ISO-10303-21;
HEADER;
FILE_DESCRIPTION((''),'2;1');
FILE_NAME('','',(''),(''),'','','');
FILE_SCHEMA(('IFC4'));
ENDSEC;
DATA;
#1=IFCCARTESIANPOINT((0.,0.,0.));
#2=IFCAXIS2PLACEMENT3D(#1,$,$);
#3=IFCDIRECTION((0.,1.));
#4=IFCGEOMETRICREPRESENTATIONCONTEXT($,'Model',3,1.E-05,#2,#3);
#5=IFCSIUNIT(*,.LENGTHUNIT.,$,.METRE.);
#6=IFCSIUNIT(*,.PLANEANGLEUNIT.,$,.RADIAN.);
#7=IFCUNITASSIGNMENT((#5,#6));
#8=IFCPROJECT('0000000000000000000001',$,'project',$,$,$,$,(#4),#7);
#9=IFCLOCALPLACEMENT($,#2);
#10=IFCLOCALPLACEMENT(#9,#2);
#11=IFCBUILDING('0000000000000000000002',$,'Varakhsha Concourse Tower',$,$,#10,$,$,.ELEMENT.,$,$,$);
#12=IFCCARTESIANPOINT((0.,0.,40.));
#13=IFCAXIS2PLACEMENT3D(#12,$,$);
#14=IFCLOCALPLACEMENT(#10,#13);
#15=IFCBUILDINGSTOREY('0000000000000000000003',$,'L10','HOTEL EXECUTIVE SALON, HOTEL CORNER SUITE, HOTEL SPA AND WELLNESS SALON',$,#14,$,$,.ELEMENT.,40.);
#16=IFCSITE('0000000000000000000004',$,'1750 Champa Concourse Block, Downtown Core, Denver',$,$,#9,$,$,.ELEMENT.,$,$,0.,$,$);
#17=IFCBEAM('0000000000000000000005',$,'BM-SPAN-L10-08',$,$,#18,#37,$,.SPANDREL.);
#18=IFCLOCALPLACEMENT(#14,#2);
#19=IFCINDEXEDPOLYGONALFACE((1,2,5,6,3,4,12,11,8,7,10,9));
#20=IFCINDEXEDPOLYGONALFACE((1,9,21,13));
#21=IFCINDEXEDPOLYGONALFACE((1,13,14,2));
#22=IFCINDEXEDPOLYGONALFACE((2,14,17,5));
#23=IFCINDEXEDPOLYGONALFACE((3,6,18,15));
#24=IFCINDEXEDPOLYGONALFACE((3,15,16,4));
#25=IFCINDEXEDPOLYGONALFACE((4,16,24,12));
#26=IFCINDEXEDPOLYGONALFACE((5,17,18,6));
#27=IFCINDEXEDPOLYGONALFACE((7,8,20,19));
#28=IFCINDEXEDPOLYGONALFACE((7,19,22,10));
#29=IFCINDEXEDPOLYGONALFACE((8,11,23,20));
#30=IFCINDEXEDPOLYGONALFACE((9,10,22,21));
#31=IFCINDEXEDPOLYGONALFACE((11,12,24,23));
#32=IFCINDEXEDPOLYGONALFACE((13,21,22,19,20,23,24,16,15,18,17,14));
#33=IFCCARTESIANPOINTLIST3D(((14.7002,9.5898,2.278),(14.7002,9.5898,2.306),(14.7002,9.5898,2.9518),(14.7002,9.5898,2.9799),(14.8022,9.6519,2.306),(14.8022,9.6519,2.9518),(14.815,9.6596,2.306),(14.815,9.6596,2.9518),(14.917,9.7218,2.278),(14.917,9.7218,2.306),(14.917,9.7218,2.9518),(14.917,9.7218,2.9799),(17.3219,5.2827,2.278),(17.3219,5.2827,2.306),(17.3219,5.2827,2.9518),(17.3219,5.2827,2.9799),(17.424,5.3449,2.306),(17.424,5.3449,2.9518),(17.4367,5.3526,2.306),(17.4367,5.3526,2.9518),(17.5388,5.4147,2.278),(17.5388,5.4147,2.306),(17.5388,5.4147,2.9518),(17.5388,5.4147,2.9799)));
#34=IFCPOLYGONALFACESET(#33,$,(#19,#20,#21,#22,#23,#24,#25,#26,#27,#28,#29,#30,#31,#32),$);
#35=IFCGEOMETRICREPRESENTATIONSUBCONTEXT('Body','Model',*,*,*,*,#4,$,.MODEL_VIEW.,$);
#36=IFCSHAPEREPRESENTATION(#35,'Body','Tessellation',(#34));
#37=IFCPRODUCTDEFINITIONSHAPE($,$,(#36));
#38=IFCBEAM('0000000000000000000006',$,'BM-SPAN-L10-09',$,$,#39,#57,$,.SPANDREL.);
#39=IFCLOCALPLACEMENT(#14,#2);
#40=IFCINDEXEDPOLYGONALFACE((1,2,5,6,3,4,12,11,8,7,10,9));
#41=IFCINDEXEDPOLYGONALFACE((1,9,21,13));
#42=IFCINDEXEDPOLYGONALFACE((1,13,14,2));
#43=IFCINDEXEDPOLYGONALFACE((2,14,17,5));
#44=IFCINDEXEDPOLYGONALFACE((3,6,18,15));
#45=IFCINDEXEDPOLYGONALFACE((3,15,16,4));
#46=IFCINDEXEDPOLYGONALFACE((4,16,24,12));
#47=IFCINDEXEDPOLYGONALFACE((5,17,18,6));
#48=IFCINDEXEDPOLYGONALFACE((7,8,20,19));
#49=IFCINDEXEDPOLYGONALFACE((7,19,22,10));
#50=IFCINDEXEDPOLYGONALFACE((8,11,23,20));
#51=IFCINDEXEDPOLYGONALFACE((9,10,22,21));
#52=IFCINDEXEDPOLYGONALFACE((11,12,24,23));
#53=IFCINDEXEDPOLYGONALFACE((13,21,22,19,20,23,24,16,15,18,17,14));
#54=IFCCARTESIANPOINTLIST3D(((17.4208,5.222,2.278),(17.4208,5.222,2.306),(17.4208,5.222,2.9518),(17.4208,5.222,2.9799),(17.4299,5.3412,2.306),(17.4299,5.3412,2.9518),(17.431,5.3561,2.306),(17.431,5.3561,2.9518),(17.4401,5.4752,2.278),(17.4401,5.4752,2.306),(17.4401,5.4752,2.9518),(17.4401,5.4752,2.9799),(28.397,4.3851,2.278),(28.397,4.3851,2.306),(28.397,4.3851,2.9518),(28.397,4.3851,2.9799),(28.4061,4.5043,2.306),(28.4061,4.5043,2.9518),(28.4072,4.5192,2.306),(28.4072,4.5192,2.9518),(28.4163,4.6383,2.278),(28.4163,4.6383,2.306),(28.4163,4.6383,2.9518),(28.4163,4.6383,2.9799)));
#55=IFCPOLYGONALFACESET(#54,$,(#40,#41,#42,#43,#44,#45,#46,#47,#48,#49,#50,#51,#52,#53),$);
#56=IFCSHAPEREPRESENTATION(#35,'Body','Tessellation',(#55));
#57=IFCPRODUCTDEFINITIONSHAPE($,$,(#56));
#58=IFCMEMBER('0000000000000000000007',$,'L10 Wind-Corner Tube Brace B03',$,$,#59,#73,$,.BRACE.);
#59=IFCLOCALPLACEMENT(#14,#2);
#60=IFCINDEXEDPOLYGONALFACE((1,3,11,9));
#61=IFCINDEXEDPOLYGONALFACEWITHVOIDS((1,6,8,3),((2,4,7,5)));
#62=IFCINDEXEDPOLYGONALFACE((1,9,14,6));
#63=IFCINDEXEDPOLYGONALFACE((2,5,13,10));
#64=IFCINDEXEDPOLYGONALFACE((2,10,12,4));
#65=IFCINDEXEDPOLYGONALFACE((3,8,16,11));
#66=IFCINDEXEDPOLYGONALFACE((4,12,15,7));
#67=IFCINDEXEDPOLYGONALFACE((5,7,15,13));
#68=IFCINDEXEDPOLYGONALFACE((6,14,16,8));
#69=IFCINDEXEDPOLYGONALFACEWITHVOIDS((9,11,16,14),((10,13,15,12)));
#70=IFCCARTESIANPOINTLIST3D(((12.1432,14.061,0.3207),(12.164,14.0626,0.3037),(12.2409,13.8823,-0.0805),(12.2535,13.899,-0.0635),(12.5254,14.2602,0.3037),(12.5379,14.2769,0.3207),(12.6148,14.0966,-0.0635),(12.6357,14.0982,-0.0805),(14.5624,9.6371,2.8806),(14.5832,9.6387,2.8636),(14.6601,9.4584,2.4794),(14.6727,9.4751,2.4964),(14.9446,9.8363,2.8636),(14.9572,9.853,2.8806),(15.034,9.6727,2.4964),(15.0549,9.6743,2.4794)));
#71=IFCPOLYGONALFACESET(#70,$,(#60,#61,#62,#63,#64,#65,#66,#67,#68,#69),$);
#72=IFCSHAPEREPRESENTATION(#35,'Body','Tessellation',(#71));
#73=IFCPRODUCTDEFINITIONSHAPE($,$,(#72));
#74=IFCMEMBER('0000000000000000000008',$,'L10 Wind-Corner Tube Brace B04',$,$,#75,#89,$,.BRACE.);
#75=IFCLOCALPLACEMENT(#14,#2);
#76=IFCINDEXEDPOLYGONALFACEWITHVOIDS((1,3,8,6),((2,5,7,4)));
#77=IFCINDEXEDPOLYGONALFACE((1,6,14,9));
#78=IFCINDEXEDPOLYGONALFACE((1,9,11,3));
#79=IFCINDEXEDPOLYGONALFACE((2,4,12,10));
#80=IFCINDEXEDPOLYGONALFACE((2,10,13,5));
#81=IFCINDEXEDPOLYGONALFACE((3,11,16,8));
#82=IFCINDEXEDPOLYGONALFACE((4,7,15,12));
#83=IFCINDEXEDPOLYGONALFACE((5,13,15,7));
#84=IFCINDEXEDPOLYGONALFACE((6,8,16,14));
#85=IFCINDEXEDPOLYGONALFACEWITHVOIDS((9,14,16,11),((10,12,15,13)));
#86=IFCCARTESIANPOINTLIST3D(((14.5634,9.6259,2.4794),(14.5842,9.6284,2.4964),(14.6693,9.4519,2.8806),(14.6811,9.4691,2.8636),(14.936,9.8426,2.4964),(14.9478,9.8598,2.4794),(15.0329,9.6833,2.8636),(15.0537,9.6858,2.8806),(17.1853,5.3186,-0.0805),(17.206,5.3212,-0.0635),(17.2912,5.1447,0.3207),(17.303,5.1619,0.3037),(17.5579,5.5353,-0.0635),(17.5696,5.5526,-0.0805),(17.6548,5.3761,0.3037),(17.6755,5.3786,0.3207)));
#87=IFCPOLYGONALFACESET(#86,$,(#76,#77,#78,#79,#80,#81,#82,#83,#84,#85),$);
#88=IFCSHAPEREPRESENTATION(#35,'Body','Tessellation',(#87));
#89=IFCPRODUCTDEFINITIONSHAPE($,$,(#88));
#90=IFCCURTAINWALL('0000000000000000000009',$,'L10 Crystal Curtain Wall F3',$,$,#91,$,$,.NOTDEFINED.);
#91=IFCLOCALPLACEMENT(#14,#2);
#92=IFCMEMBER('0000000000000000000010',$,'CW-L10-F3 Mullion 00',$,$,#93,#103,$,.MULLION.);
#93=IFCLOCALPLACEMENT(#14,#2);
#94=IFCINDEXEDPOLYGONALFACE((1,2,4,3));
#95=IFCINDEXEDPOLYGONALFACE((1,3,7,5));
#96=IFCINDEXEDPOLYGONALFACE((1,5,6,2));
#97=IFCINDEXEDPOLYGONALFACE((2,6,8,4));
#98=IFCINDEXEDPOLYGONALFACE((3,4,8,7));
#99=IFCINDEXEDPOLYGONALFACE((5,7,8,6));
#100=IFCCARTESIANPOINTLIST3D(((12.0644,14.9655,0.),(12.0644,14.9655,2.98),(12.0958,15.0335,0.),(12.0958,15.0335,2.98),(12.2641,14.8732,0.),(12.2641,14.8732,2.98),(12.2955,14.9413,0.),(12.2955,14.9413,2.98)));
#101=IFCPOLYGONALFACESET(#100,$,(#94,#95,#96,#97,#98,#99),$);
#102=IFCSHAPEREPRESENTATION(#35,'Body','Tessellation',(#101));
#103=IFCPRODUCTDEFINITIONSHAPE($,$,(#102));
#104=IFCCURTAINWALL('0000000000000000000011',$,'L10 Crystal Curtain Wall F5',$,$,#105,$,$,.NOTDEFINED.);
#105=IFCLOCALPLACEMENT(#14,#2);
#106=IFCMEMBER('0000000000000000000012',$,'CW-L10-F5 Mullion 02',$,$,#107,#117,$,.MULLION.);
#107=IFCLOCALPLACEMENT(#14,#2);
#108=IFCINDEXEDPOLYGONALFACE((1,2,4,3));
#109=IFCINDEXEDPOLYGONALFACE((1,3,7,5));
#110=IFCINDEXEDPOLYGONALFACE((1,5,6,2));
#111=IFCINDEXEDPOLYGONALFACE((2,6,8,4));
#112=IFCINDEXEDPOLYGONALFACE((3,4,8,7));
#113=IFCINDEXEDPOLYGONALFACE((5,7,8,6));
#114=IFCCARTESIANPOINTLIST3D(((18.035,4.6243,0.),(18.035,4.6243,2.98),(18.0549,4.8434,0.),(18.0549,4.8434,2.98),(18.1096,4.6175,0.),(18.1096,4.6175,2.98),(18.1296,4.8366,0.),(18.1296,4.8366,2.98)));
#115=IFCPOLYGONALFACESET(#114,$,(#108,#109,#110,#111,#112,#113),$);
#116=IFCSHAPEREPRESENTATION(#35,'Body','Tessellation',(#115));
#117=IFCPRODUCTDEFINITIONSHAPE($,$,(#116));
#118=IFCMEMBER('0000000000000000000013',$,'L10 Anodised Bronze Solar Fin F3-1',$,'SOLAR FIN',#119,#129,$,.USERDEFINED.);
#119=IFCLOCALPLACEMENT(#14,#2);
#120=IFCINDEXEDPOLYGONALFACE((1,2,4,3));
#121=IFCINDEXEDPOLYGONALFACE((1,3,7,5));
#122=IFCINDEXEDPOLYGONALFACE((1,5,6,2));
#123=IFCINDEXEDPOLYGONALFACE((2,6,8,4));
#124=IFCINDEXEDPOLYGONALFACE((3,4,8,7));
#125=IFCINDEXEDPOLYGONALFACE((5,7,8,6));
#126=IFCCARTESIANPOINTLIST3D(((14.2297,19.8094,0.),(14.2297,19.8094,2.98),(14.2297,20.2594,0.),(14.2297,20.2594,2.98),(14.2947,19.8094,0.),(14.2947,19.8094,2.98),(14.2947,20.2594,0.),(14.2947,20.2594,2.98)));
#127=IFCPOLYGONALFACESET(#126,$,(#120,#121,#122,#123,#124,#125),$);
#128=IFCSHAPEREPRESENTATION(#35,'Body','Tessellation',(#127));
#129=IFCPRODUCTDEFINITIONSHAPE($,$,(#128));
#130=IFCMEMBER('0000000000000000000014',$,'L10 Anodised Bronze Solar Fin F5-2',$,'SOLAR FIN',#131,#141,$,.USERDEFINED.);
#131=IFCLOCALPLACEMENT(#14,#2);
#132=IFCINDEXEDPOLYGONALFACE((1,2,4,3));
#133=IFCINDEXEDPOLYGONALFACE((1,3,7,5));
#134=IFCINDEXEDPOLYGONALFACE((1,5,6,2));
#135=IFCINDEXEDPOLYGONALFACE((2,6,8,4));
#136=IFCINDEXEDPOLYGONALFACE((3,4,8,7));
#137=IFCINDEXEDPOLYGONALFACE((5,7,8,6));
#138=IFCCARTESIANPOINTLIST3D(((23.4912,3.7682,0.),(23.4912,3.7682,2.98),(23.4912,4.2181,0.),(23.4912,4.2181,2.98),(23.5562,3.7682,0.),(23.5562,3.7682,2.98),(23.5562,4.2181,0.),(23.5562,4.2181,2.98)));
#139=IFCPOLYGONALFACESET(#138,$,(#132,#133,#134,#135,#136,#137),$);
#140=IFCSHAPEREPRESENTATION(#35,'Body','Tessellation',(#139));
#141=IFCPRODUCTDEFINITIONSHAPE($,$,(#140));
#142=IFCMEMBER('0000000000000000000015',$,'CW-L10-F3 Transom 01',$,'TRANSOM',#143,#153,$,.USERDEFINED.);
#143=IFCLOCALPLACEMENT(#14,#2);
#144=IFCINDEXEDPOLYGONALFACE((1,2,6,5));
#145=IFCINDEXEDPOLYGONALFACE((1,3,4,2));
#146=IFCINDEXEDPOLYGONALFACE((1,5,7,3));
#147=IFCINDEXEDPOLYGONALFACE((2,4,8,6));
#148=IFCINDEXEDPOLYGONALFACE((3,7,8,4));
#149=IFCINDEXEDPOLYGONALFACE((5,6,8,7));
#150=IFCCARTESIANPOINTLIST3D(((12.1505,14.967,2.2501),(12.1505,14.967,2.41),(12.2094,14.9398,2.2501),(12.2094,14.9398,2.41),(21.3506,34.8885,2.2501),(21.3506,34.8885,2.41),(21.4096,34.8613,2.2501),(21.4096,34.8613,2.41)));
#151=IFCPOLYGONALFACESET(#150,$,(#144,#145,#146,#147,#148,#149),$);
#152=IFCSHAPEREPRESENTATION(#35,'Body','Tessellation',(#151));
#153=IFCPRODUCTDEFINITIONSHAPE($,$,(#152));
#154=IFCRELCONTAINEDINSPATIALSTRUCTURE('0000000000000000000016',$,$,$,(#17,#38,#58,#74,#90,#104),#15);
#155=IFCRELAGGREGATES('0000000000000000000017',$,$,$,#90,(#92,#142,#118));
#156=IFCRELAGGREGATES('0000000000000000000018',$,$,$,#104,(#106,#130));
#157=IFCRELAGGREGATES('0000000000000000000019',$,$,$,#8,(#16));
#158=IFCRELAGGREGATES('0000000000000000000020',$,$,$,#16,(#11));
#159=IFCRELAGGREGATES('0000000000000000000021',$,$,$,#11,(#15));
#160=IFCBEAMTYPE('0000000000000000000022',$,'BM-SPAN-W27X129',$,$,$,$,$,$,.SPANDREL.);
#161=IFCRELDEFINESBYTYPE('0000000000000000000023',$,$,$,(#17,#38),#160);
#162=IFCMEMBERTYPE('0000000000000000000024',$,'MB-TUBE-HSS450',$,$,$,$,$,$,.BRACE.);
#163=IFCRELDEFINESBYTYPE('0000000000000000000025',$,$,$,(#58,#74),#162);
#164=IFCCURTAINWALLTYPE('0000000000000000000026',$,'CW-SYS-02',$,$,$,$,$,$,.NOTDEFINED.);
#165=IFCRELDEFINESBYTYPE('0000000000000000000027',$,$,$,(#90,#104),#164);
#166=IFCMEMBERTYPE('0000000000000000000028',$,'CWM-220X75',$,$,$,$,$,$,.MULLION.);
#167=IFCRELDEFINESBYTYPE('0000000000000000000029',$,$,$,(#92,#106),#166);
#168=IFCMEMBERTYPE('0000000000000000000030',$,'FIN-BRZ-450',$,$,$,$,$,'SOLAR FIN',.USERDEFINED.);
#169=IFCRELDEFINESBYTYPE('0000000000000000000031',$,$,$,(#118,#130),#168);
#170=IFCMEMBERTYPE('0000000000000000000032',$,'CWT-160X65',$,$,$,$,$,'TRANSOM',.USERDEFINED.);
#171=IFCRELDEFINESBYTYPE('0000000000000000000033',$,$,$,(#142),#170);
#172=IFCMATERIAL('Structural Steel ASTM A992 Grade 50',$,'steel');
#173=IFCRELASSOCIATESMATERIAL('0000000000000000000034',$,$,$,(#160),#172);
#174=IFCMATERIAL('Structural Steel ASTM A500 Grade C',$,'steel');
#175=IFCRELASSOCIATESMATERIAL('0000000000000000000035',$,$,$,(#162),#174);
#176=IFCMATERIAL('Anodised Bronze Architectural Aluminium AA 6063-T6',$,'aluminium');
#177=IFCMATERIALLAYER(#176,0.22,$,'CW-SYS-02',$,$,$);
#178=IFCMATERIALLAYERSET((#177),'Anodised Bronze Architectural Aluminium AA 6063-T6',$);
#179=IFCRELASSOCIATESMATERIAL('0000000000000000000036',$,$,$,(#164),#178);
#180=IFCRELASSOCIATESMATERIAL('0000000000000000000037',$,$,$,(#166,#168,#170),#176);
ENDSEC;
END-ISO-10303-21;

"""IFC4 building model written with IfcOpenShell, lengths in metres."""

from ifc_helpers import new_model, si_unit, direction, frame, origin, origin_2d, place, context, subcontext, project, spatial, rectangle, hollow_rectangle, i_section, extrude, source, transform, mapped, material, layer, layer_set, material_profile, profile_set, type_object, type_shapes, element, aggregate, save


model = new_model("IFC4")

# Units and contexts
model_context = context("Model", 3, precision=1e-05, world=origin(), true_north=direction((0.0, 1.0)))
body_context = subcontext(model_context, "Body", "Model", "MODEL_VIEW")
ifc_project = project(units=[si_unit("LENGTHUNIT", "METRE"), si_unit("PLANEANGLEUNIT", "RADIAN")], contexts=[model_context])

# Site, building, storey
site_placement = place(None, origin())
site = spatial("IfcSite", under=ifc_project, at=site_placement, Name="1750 Champa Concourse Block, Downtown Core, Denver", CompositionType="ELEMENT", RefElevation=0.0)
building_placement = place(site_placement, origin())
building = spatial("IfcBuilding", under=site, at=building_placement, Name="Varakhsha Concourse Tower", CompositionType="ELEMENT")
storey_placement = place(building_placement, frame((0.0, 0.0, 40.0)))
storey = spatial("IfcBuildingStorey", under=building, at=storey_placement, Name="L10", Description="HOTEL EXECUTIVE SALON, HOTEL CORNER SUITE, HOTEL SPA AND WELLNESS SALON", CompositionType="ELEMENT", Elevation=40.0)

# Shared definitions
ifc_material_1 = material(Name="Structural Steel ASTM A992 Grade 50", Category="steel")

# Beams
ifc_material_profile_1 = material_profile(ifc_material_1, i_section(OverallWidth=0.2539, OverallDepth=0.7019, WebThickness=0.0149, FlangeThickness=0.0281, at=origin_2d()), Name="W27X129")
ifc_profile_set_1 = profile_set([ifc_material_profile_1], Name="Structural Steel ASTM A992 Grade 50")
beam_type_1 = type_object("IfcBeamType", Name="BM-SPAN-W27X129", PredefinedType="SPANDREL", material=ifc_profile_set_1)
beam_1_placement = place(storey_placement, frame((14.8086, 9.6558, 2.6289), z_axis=(0.519961, -0.85419, 0.0), x_axis=(0.85419, 0.519961, 0.0)))
element("IfcBeam", 1, at=beam_1_placement, inside=storey, type_object=beam_type_1, Name="BM-SPAN-L10-08", PredefinedType="SPANDREL", context=body_context, shape_type="SweptSolid", body=[
    extrude(i_section(OverallWidth=0.2539, OverallDepth=0.7019, WebThickness=0.0149, FlangeThickness=0.0281, at=origin_2d()), origin(), (0.0, 0.0, 1.0), 5.0422),
])
beam_2_placement = place(storey_placement, frame((17.4304, 5.3486, 2.6289), z_axis=(0.997106, -0.076027, 0.0), x_axis=(0.076027, 0.997106, 0.0)))
element("IfcBeam", 2, at=beam_2_placement, inside=storey, type_object=beam_type_1, Name="BM-SPAN-L10-09", PredefinedType="SPANDREL", context=body_context, shape_type="SweptSolid", body=[
    extrude(i_section(OverallWidth=0.2539, OverallDepth=0.7019, WebThickness=0.0149, FlangeThickness=0.0281, at=origin_2d()), origin(), (0.0, 0.0, 1.0), 11.0081),
])

# Members
ifc_material_2 = material(Name="Structural Steel ASTM A500 Grade C", Category="steel")
ifc_material_profile_2 = material_profile(ifc_material_2, hollow_rectangle(XDim=0.45, YDim=0.45, WallThickness=0.019, at=origin_2d()), Name="HSS 450x450x19")
ifc_profile_set_2 = profile_set([ifc_material_profile_2], Name="Structural Steel ASTM A500 Grade C")
member_type_1 = type_object("IfcMemberType", Name="MB-TUBE-HSS450", PredefinedType="BRACE", material=ifc_profile_set_2)
shared_shape_1 = source(origin(), body_context, "Body", "SweptSolid", [
    extrude(hollow_rectangle(XDim=0.45, YDim=0.45, WallThickness=0.019, at=origin_2d()), origin(), (0.0, 0.0, 1.0), 5.6548),
])
member_1_placement = place(storey_placement, frame((12.3894, 14.0796, 0.1201), z_axis=(0.427821, -0.782331, 0.45269), x_axis=(0.877379, 0.479798, 0.0)))
element("IfcMember", 3, at=member_1_placement, inside=storey, type_object=member_type_1, Name="L10 Wind-Corner Tube Brace B03", PredefinedType="BRACE", context=body_context, shape_type="MappedRepresentation", body=[
    mapped(shared_shape_1, transform((0.0, 0.0, 0.0), scale=1.0)),
])
shared_shape_2 = source(origin(), body_context, "Body", "SweptSolid", [
    extrude(hollow_rectangle(XDim=0.45, YDim=0.45, WallThickness=0.019, at=origin_2d()), origin(), (0.0, 0.0, 1.0), 5.655),
])
type_shapes(member_type_1, [shared_shape_1, shared_shape_2])
member_2_placement = place(storey_placement, frame((17.4304, 5.3486, 0.1201), z_axis=(-0.463637, 0.761662, 0.452671), x_axis=(-0.85419, -0.519961, 0.0)))
element("IfcMember", 4, at=member_2_placement, inside=storey, type_object=member_type_1, Name="L10 Wind-Corner Tube Brace B04", PredefinedType="BRACE", context=body_context, shape_type="MappedRepresentation", body=[
    mapped(shared_shape_2, transform((0.0, 0.0, 0.0), scale=1.0)),
])

# Curtain walls, members
ifc_material_3 = material(Name="Anodised Bronze Architectural Aluminium AA 6063-T6", Category="aluminium")
ifc_layer_1 = layer(ifc_material_3, 0.22, Name="CW-SYS-02")
ifc_layer_set_1 = layer_set([ifc_layer_1], Name="Anodised Bronze Architectural Aluminium AA 6063-T6")
curtain_wall_type = type_object("IfcCurtainWallType", Name="CW-SYS-02", PredefinedType="NOTDEFINED", material=ifc_layer_set_1)
curtain_wall_1_placement = place(storey_placement, origin())
curtain_wall_1 = element("IfcCurtainWall", 5, at=curtain_wall_1_placement, inside=storey, type_object=curtain_wall_type, Name="L10 Crystal Curtain Wall F3", PredefinedType="NOTDEFINED")
ifc_material_profile_3 = material_profile(ifc_material_3, rectangle(XDim=0.075, YDim=0.22, at=origin_2d()), Name="CWM-220X75")
ifc_profile_set_3 = profile_set([ifc_material_profile_3], Name="Anodised Bronze Architectural Aluminium AA 6063-T6")
member_type_2 = type_object("IfcMemberType", Name="CWM-220X75", PredefinedType="MULLION", material=ifc_profile_set_3)
shared_shape_3 = source(origin(), body_context, "Body", "SweptSolid", [
    extrude(rectangle(XDim=0.075, YDim=0.22, at=origin_2d()), origin(), (0.0, 0.0, 1.0), 2.98),
])
type_shapes(member_type_2, [shared_shape_3])
member_3_placement = place(storey_placement, frame((12.1799, 14.9534, 0.0), z_axis=(0.0, 0.0, 1.0), x_axis=(0.41927, 0.907862, 0.0)))
member_3 = element("IfcMember", 6, at=member_3_placement, type_object=member_type_2, Name="CW-L10-F3 Mullion 00", PredefinedType="MULLION", context=body_context, shape_type="MappedRepresentation", body=[
    mapped(shared_shape_3, transform((0.0, 0.0, 0.0), scale=1.0)),
])
curtain_wall_2_placement = place(storey_placement, origin())
curtain_wall_2 = element("IfcCurtainWall", 7, at=curtain_wall_2_placement, inside=storey, type_object=curtain_wall_type, Name="L10 Crystal Curtain Wall F5", PredefinedType="NOTDEFINED")
member_4_placement = place(storey_placement, frame((18.0823, 4.7305, 0.0), z_axis=(0.0, 0.0, 1.0), x_axis=(-0.995866, 0.090834, 0.0)))
member_4 = element("IfcMember", 8, at=member_4_placement, type_object=member_type_2, Name="CW-L10-F5 Mullion 02", PredefinedType="MULLION", context=body_context, shape_type="MappedRepresentation", body=[
    mapped(shared_shape_3, transform((0.0, 0.0, 0.0), scale=1.0)),
])

# Members
ifc_material_profile_4 = material_profile(ifc_material_3, rectangle(XDim=0.0649, YDim=0.45, at=origin_2d()), Name="FIN-BRZ-450")
ifc_profile_set_4 = profile_set([ifc_material_profile_4], Name="Anodised Bronze Architectural Aluminium AA 6063-T6")
member_type_3 = type_object("IfcMemberType", Name="FIN-BRZ-450", ElementType="SOLAR FIN", PredefinedType="USERDEFINED", material=ifc_profile_set_4)
shared_shape_4 = source(origin(), body_context, "Body", "SweptSolid", [
    extrude(rectangle(XDim=0.0649, YDim=0.45, at=origin_2d()), origin(), (0.0, 0.0, 1.0), 2.98),
])
type_shapes(member_type_3, [shared_shape_4])
member_5_placement = place(storey_placement, frame((14.2622, 20.0344, 0.0), z_axis=(0.0, 0.0, 1.0), x_axis=(1.0, 0.0, 0.0)))
member_5 = element("IfcMember", 9, at=member_5_placement, type_object=member_type_3, Name="L10 Anodised Bronze Solar Fin F3-1", ObjectType="SOLAR FIN", PredefinedType="USERDEFINED", context=body_context, shape_type="MappedRepresentation", body=[
    mapped(shared_shape_4, transform((0.0, 0.0, 0.0), scale=1.0)),
])
member_6_placement = place(storey_placement, frame((23.5237, 3.9932, 0.0), z_axis=(0.0, 0.0, 1.0), x_axis=(1.0, 0.0, 0.0)))
member_6 = element("IfcMember", 10, at=member_6_placement, type_object=member_type_3, Name="L10 Anodised Bronze Solar Fin F5-2", ObjectType="SOLAR FIN", PredefinedType="USERDEFINED", context=body_context, shape_type="MappedRepresentation", body=[
    mapped(shared_shape_4, transform((0.0, 0.0, 0.0), scale=1.0)),
])
ifc_material_profile_5 = material_profile(ifc_material_3, rectangle(XDim=0.0649, YDim=0.1599, at=origin_2d()), Name="CWT-160X65")
ifc_profile_set_5 = profile_set([ifc_material_profile_5], Name="Anodised Bronze Architectural Aluminium AA 6063-T6")
member_type_4 = type_object("IfcMemberType", Name="CWT-160X65", ElementType="TRANSOM", PredefinedType="USERDEFINED", material=ifc_profile_set_5)
shared_shape_5 = source(origin(), body_context, "Body", "SweptSolid", [
    extrude(rectangle(XDim=0.0649, YDim=0.1599, at=origin_2d()), origin(), (0.0, 0.0, 1.0), 21.9434),
])
type_shapes(member_type_4, [shared_shape_5])
member_7_placement = place(storey_placement, frame((12.1799, 14.9534, 2.3301), z_axis=(0.419268, 0.907862, 0.0), x_axis=(-0.907862, 0.419268, 0.0)))
member_7 = element("IfcMember", 11, at=member_7_placement, type_object=member_type_4, Name="CW-L10-F3 Transom 01", ObjectType="TRANSOM", PredefinedType="USERDEFINED", context=body_context, shape_type="MappedRepresentation", body=[
    mapped(shared_shape_5, transform((0.0, 0.0, 0.0), scale=1.0)),
])

aggregate(curtain_wall_1, [member_3, member_7, member_5])
aggregate(curtain_wall_2, [member_4, member_6])

save(model, "model.ifc")
